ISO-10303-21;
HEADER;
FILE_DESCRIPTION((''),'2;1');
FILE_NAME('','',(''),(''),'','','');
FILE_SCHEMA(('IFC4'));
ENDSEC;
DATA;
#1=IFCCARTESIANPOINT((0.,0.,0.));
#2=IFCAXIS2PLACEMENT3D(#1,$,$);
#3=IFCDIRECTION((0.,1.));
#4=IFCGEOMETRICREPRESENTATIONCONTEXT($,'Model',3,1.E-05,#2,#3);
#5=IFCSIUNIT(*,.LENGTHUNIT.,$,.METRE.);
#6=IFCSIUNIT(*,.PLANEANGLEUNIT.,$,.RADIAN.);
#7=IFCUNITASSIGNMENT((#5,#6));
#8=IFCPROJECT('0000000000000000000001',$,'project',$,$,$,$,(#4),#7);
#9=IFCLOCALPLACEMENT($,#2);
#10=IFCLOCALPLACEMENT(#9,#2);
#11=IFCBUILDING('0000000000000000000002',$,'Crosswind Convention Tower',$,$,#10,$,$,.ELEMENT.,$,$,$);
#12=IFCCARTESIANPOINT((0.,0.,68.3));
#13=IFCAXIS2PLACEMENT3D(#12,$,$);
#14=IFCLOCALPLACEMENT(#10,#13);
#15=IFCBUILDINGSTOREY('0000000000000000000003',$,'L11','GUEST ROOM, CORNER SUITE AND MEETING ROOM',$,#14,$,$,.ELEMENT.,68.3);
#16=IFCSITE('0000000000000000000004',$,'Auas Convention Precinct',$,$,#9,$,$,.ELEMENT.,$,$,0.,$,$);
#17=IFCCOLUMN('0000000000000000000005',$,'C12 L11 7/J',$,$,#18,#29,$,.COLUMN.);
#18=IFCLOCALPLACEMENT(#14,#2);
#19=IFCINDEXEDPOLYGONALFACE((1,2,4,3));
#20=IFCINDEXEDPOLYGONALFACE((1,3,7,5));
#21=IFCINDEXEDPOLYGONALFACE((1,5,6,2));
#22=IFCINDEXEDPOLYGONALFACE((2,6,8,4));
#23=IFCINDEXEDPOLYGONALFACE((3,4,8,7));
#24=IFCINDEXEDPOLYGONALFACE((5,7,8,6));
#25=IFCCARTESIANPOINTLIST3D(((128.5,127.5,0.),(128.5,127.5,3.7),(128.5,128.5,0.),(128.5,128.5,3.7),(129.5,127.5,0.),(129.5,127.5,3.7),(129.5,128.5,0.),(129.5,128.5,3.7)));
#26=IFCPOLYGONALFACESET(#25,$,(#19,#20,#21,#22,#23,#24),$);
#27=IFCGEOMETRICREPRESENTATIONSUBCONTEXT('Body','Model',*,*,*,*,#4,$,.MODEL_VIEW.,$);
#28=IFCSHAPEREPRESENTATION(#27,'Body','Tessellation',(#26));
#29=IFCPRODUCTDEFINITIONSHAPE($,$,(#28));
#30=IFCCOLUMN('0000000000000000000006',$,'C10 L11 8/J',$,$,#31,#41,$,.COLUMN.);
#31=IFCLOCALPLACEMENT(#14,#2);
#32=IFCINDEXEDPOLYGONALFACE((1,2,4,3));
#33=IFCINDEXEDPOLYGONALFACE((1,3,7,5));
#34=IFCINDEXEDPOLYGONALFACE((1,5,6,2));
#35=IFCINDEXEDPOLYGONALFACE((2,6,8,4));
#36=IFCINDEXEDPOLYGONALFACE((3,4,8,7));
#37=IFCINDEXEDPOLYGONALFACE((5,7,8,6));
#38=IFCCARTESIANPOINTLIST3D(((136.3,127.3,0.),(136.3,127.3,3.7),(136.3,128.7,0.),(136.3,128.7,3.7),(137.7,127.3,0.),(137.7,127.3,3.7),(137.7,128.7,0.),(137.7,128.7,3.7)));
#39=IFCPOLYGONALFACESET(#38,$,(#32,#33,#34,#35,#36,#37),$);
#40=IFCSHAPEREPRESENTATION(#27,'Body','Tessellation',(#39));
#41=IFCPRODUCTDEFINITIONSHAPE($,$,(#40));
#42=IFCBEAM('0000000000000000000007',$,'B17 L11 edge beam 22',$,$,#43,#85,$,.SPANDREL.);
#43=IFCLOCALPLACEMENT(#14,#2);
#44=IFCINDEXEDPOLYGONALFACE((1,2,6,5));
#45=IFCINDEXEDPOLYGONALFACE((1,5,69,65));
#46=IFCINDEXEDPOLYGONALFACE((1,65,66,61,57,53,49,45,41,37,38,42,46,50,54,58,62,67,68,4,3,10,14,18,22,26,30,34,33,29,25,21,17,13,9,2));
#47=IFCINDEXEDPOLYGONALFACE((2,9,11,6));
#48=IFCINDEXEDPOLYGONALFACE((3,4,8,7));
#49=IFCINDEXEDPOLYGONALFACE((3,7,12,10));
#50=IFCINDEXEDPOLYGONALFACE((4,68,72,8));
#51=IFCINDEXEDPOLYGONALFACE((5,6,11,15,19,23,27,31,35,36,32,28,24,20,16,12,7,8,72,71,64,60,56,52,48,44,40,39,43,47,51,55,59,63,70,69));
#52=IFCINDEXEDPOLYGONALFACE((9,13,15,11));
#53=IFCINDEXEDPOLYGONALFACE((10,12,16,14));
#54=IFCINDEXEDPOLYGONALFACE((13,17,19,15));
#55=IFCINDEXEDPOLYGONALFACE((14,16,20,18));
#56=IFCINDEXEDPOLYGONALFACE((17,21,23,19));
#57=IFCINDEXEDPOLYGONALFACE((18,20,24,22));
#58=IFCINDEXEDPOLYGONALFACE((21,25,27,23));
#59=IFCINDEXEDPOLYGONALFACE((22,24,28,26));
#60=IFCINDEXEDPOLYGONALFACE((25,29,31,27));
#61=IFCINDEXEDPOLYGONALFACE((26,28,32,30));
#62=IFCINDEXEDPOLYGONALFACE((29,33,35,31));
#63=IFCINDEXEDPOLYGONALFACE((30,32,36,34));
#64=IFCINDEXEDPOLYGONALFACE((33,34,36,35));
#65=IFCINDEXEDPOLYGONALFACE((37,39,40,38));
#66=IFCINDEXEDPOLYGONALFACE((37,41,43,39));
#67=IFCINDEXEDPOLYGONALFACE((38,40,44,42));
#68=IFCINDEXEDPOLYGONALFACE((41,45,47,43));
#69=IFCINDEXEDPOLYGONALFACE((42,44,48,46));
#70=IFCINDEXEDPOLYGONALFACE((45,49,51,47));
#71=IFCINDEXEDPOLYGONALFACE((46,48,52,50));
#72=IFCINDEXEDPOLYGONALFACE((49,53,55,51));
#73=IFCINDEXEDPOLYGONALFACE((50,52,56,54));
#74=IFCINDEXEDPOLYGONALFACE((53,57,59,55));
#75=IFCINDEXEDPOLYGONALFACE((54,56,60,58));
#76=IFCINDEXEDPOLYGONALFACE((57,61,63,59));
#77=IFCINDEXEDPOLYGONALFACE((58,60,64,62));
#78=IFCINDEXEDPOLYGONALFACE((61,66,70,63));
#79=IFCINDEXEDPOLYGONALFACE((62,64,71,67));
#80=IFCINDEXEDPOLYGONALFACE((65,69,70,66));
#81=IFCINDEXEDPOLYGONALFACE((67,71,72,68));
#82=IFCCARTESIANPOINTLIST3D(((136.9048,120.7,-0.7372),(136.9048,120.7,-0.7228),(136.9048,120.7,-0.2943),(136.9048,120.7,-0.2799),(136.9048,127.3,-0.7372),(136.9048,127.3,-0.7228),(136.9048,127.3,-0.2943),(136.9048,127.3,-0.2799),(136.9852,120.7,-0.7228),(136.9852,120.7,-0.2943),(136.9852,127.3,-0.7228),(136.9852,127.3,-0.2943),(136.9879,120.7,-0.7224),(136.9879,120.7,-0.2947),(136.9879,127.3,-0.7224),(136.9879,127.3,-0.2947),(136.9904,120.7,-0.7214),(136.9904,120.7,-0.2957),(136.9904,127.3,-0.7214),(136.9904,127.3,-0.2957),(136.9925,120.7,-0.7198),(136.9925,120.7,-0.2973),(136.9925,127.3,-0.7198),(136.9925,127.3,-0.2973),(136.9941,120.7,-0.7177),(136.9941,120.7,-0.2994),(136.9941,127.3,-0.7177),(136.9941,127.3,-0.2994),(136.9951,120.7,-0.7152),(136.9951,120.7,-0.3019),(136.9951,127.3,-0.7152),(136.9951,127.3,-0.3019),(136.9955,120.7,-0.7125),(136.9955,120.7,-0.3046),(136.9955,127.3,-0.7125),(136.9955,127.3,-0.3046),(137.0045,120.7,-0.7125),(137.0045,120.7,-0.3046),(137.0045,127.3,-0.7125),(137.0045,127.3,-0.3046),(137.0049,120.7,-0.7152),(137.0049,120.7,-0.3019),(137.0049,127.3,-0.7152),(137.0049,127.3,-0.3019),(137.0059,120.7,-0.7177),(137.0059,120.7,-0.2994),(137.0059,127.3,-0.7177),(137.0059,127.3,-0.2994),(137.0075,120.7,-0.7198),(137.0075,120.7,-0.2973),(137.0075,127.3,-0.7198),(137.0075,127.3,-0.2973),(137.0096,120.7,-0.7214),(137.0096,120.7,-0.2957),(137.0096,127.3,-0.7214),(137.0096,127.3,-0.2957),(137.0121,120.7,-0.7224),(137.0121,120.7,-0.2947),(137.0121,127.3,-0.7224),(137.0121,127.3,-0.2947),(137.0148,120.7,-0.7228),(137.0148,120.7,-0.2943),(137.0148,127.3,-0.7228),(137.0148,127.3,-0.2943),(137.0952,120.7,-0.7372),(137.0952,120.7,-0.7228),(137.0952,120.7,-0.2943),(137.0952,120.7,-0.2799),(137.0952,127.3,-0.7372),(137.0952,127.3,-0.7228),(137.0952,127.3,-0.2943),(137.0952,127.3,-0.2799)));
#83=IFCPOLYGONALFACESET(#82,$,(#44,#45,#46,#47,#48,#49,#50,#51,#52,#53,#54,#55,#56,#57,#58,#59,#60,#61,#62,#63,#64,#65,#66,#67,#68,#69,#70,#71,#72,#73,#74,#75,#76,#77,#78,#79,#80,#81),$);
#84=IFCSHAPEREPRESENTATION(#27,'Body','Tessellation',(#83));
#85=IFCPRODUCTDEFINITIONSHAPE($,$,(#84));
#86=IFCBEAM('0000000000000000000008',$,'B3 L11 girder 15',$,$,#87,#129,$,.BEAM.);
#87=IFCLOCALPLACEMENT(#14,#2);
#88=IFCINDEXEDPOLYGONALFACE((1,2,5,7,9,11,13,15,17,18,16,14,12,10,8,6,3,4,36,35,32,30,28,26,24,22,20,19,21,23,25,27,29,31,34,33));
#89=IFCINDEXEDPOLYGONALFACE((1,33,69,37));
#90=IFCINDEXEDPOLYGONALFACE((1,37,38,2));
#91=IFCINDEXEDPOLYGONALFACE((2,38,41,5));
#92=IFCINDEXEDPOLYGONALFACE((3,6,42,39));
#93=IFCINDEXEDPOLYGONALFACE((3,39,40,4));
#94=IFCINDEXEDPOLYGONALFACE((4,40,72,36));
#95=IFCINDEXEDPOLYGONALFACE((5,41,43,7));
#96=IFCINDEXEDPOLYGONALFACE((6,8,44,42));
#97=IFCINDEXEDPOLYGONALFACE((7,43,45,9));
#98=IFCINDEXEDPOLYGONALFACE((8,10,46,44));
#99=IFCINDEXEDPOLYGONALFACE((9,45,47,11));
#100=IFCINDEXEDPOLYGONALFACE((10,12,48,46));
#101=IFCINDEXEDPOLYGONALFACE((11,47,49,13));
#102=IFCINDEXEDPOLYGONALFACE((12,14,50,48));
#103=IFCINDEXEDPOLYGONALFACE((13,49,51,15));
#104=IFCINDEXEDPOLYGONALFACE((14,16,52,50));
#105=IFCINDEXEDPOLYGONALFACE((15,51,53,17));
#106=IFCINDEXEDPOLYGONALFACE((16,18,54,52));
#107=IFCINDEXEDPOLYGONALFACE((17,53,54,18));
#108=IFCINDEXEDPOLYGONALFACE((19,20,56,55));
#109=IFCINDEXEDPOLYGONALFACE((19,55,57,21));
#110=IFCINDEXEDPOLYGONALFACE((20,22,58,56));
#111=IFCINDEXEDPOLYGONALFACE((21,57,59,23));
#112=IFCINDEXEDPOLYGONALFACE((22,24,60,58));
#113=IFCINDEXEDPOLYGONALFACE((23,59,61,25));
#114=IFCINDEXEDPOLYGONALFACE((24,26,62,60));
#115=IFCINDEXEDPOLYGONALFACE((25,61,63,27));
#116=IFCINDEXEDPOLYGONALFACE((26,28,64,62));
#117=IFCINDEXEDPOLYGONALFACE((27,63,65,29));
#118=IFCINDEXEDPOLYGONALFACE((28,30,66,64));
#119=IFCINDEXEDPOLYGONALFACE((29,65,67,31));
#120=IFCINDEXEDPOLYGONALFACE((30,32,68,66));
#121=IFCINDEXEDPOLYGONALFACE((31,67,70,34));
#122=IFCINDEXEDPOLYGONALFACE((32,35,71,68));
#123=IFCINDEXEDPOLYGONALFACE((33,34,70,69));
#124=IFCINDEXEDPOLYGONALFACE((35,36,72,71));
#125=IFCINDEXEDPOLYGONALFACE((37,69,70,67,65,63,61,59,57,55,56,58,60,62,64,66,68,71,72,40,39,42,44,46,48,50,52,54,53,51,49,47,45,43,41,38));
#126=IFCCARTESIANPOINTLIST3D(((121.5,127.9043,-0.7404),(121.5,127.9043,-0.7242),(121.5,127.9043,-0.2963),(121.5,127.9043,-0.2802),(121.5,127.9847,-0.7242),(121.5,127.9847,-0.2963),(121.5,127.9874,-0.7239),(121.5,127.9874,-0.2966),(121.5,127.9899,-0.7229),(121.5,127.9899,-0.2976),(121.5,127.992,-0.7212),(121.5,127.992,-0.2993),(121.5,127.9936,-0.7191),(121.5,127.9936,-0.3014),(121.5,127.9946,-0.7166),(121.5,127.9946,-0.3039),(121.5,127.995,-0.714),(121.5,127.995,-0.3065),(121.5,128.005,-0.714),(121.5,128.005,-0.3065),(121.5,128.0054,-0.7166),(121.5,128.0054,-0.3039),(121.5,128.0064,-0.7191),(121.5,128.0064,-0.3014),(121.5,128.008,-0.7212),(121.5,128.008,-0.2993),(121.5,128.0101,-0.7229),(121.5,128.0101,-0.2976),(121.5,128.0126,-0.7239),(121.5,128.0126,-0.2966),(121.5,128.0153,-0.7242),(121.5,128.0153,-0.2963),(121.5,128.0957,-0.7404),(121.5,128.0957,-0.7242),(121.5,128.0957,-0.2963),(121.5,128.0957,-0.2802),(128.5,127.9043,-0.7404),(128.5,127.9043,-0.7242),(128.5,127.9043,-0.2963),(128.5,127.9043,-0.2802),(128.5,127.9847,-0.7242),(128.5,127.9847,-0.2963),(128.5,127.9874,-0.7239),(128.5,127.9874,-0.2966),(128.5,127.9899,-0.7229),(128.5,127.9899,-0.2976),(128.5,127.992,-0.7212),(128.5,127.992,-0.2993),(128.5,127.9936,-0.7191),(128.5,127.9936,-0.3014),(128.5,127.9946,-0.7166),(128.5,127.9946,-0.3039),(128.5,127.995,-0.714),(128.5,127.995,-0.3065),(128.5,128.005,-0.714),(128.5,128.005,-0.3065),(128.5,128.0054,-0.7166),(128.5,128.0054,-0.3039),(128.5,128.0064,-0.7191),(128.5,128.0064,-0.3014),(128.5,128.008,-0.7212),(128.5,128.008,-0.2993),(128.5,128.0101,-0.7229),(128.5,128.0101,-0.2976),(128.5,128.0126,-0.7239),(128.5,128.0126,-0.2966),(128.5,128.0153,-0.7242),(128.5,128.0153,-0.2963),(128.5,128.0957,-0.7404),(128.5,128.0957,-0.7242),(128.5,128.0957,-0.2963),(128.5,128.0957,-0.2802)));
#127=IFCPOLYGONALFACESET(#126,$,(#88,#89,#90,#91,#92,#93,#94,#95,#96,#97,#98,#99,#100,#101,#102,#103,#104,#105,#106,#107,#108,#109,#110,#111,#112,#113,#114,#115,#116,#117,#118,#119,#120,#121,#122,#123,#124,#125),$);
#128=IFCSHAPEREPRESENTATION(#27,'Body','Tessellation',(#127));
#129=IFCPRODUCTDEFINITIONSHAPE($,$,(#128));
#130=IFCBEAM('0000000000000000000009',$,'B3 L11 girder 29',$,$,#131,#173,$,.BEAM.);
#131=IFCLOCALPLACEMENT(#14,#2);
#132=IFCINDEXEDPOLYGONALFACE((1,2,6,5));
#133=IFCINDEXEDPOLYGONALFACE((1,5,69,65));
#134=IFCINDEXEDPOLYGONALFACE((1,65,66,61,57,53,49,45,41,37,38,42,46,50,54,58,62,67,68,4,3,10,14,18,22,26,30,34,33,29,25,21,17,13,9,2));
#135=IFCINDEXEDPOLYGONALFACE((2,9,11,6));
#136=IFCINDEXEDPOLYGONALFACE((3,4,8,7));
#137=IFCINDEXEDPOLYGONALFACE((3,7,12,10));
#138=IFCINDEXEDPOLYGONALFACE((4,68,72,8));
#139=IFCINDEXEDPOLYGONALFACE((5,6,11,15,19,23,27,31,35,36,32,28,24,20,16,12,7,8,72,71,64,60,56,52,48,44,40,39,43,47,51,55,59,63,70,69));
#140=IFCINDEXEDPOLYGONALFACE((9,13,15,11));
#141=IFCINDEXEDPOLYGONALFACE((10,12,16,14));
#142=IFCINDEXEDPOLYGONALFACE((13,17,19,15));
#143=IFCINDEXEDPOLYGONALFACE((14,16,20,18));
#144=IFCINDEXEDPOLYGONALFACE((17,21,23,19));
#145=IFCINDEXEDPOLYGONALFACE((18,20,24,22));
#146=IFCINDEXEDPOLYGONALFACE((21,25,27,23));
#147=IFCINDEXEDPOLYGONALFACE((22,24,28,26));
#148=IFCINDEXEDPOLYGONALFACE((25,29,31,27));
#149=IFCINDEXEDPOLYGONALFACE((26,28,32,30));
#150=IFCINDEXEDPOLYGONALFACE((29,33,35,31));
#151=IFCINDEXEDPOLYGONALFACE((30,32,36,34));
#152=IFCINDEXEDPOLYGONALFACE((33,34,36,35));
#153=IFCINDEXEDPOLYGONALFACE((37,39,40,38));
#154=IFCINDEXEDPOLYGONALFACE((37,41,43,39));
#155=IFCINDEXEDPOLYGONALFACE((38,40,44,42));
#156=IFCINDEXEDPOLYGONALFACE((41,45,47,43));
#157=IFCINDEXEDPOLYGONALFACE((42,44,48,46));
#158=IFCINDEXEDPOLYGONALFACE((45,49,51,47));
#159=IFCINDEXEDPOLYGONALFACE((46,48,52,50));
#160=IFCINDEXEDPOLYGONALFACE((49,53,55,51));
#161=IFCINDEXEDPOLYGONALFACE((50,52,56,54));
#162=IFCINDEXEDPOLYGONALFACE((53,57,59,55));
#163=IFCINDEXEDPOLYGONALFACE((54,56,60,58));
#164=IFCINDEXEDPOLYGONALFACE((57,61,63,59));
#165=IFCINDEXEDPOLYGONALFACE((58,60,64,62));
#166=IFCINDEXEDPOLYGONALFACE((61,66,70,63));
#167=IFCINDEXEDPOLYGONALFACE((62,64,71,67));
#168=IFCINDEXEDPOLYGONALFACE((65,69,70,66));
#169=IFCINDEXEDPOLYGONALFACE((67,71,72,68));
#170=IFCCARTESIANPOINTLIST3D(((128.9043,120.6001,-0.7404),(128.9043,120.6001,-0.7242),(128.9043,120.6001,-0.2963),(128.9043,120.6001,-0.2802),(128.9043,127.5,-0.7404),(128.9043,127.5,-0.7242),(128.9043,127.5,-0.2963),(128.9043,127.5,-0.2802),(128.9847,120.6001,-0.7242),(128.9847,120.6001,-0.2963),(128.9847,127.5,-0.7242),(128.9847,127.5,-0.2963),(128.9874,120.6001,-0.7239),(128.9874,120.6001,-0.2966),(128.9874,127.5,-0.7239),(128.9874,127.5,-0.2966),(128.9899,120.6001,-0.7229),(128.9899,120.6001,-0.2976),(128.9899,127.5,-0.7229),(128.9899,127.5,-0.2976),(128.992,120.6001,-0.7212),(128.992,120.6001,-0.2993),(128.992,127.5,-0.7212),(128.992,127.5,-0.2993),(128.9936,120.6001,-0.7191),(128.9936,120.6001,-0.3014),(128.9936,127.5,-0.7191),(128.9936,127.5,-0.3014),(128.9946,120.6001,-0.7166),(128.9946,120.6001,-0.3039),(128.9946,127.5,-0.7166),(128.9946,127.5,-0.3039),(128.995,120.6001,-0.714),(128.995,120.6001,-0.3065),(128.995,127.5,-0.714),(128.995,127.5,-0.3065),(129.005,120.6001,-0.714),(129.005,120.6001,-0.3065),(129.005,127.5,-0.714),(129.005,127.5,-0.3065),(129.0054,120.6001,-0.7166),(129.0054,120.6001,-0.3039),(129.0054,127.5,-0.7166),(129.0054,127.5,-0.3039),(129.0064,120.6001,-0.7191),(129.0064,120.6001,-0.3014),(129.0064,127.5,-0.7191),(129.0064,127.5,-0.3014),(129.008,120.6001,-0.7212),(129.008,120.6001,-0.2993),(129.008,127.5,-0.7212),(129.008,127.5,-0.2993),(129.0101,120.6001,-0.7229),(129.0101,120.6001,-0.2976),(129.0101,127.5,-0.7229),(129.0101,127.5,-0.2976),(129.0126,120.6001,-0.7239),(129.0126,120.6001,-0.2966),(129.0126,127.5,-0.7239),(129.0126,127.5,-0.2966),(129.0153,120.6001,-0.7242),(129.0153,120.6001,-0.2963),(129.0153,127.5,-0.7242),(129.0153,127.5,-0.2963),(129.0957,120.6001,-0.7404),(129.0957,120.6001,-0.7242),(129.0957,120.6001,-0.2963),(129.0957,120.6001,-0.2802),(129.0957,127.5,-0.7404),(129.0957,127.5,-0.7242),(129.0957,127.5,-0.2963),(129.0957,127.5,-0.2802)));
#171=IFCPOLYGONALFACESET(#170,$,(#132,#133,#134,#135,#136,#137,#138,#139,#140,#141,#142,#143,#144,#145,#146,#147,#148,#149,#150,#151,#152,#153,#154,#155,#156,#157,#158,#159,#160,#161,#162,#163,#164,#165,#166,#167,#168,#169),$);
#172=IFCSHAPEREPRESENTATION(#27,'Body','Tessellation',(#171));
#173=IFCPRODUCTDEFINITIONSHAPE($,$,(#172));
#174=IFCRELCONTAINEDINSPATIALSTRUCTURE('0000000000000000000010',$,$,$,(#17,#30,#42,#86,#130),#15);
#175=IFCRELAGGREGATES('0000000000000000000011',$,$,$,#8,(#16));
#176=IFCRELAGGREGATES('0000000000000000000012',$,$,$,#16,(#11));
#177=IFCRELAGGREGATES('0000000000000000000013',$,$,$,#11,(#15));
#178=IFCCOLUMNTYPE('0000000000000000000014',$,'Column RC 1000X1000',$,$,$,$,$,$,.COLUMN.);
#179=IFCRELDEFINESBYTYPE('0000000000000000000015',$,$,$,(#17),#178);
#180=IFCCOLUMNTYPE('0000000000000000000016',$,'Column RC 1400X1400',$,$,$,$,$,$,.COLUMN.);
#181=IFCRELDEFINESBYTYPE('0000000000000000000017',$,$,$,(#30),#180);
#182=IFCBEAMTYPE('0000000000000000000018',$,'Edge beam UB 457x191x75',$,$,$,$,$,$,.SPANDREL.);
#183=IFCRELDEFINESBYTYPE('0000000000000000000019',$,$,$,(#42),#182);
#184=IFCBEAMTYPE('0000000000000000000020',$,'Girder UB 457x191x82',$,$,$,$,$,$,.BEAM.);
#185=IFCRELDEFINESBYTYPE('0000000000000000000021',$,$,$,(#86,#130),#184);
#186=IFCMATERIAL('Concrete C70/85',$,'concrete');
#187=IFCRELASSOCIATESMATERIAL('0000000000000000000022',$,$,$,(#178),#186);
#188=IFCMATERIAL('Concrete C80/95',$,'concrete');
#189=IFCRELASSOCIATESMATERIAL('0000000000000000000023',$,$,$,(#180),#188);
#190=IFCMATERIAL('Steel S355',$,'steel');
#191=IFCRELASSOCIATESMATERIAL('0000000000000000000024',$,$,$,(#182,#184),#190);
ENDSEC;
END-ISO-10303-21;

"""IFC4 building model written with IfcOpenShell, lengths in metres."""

from ifc_helpers import new_model, si_unit, direction, frame, origin, origin_2d, place, context, subcontext, project, spatial, rectangle, i_section, extrude, material, material_profile, profile_set, type_object, element, save


model = new_model("IFC4")

# Units and contexts
model_context = context("Model", 3, precision=1e-05, world=origin(), true_north=direction((0.0, 1.0)))
body_context = subcontext(model_context, "Body", "Model", "MODEL_VIEW")
ifc_project = project(units=[si_unit("LENGTHUNIT", "METRE"), si_unit("PLANEANGLEUNIT", "RADIAN")], contexts=[model_context])

# Site, building, storey
site_placement = place(None, origin())
site = spatial("IfcSite", under=ifc_project, at=site_placement, Name="Auas Convention Precinct", CompositionType="ELEMENT", RefElevation=0.0)
building_placement = place(site_placement, origin())
building = spatial("IfcBuilding", under=site, at=building_placement, Name="Crosswind Convention Tower", CompositionType="ELEMENT")
storey_placement = place(building_placement, frame((0.0, 0.0, 68.3)))
storey = spatial("IfcBuildingStorey", under=building, at=storey_placement, Name="L11", Description="GUEST ROOM, CORNER SUITE AND MEETING ROOM", CompositionType="ELEMENT", Elevation=68.3)

# Columns
ifc_material_1 = material(Name="Concrete C70/85", Category="concrete")
ifc_material_profile_1 = material_profile(ifc_material_1, rectangle(XDim=1.0, YDim=1.0, at=origin_2d()), Name="RC 1000X1000")
ifc_profile_set_1 = profile_set([ifc_material_profile_1], Name="Concrete C70/85")
column_type_1 = type_object("IfcColumnType", Name="Column RC 1000X1000", PredefinedType="COLUMN", material=ifc_profile_set_1)
column_1_placement = place(storey_placement, frame((129.0, 128.0, 0.0), z_axis=(0.0, 0.0, 1.0), x_axis=(1.0, 0.0, 0.0)))
element("IfcColumn", 1, at=column_1_placement, inside=storey, type_object=column_type_1, Name="C12 L11 7/J", PredefinedType="COLUMN", context=body_context, shape_type="SweptSolid", body=[
    extrude(rectangle(XDim=1.0, YDim=1.0, at=origin_2d()), origin(), (0.0, 0.0, 1.0), 3.7),
])
ifc_material_2 = material(Name="Concrete C80/95", Category="concrete")
ifc_material_profile_2 = material_profile(ifc_material_2, rectangle(XDim=1.3999, YDim=1.3999, at=origin_2d()), Name="RC 1400X1400")
ifc_profile_set_2 = profile_set([ifc_material_profile_2], Name="Concrete C80/95")
column_type_2 = type_object("IfcColumnType", Name="Column RC 1400X1400", PredefinedType="COLUMN", material=ifc_profile_set_2)
column_2_placement = place(storey_placement, frame((137.0, 128.0, 0.0), z_axis=(0.0, 0.0, 1.0), x_axis=(1.0, 0.0, 0.0)))
element("IfcColumn", 2, at=column_2_placement, inside=storey, type_object=column_type_2, Name="C10 L11 8/J", PredefinedType="COLUMN", context=body_context, shape_type="SweptSolid", body=[
    extrude(rectangle(XDim=1.3999, YDim=1.3999, at=origin_2d()), origin(), (0.0, 0.0, 1.0), 3.7),
])

# Beams
ifc_material_3 = material(Name="Steel S355", Category="steel")
ifc_material_profile_3 = material_profile(ifc_material_3, i_section(OverallWidth=0.1904, OverallDepth=0.4573, WebThickness=0.009, FlangeThickness=0.0144, FilletRadius=0.0103, at=origin_2d()), Name="UB 457x191x75")
ifc_profile_set_3 = profile_set([ifc_material_profile_3], Name="Steel S355")
beam_type_1 = type_object("IfcBeamType", Name="Edge beam UB 457x191x75", PredefinedType="SPANDREL", material=ifc_profile_set_3)
beam_1_placement = place(storey_placement, frame((137.0, 120.7, -0.5085), z_axis=(0.0, 1.0, 0.0), x_axis=(-1.0, 0.0, 0.0)))
element("IfcBeam", 3, at=beam_1_placement, inside=storey, type_object=beam_type_1, Name="B17 L11 edge beam 22", PredefinedType="SPANDREL", context=body_context, shape_type="SweptSolid", body=[
    extrude(i_section(OverallWidth=0.1904, OverallDepth=0.4573, WebThickness=0.009, FlangeThickness=0.0144, FilletRadius=0.0103, at=origin_2d()), origin(), (0.0, 0.0, 1.0), 6.6001),
])
ifc_material_profile_4 = material_profile(ifc_material_3, i_section(OverallWidth=0.1914, OverallDepth=0.4602, WebThickness=0.01, FlangeThickness=0.0161, FilletRadius=0.0103, at=origin_2d()), Name="UB 457x191x82")
ifc_profile_set_4 = profile_set([ifc_material_profile_4], Name="Steel S355")
beam_type_2 = type_object("IfcBeamType", Name="Girder UB 457x191x82", PredefinedType="BEAM", material=ifc_profile_set_4)
beam_2_placement = place(storey_placement, frame((121.5, 128.0, -0.5103), z_axis=(1.0, 0.0, 0.0), x_axis=(0.0, 1.0, 0.0)))
element("IfcBeam", 4, at=beam_2_placement, inside=storey, type_object=beam_type_2, Name="B3 L11 girder 15", PredefinedType="BEAM", context=body_context, shape_type="SweptSolid", body=[
    extrude(i_section(OverallWidth=0.1914, OverallDepth=0.4602, WebThickness=0.01, FlangeThickness=0.0161, FilletRadius=0.0103, at=origin_2d()), origin(), (0.0, 0.0, 1.0), 7.0),
])
beam_3_placement = place(storey_placement, frame((129.0, 120.6001, -0.5103), z_axis=(0.0, 1.0, 0.0), x_axis=(-1.0, 0.0, 0.0)))
element("IfcBeam", 5, at=beam_3_placement, inside=storey, type_object=beam_type_2, Name="B3 L11 girder 29", PredefinedType="BEAM", context=body_context, shape_type="SweptSolid", body=[
    extrude(i_section(OverallWidth=0.1914, OverallDepth=0.4602, WebThickness=0.01, FlangeThickness=0.0161, FilletRadius=0.0103, at=origin_2d()), origin(), (0.0, 0.0, 1.0), 6.8999),
])

save(model, "model.ifc")
